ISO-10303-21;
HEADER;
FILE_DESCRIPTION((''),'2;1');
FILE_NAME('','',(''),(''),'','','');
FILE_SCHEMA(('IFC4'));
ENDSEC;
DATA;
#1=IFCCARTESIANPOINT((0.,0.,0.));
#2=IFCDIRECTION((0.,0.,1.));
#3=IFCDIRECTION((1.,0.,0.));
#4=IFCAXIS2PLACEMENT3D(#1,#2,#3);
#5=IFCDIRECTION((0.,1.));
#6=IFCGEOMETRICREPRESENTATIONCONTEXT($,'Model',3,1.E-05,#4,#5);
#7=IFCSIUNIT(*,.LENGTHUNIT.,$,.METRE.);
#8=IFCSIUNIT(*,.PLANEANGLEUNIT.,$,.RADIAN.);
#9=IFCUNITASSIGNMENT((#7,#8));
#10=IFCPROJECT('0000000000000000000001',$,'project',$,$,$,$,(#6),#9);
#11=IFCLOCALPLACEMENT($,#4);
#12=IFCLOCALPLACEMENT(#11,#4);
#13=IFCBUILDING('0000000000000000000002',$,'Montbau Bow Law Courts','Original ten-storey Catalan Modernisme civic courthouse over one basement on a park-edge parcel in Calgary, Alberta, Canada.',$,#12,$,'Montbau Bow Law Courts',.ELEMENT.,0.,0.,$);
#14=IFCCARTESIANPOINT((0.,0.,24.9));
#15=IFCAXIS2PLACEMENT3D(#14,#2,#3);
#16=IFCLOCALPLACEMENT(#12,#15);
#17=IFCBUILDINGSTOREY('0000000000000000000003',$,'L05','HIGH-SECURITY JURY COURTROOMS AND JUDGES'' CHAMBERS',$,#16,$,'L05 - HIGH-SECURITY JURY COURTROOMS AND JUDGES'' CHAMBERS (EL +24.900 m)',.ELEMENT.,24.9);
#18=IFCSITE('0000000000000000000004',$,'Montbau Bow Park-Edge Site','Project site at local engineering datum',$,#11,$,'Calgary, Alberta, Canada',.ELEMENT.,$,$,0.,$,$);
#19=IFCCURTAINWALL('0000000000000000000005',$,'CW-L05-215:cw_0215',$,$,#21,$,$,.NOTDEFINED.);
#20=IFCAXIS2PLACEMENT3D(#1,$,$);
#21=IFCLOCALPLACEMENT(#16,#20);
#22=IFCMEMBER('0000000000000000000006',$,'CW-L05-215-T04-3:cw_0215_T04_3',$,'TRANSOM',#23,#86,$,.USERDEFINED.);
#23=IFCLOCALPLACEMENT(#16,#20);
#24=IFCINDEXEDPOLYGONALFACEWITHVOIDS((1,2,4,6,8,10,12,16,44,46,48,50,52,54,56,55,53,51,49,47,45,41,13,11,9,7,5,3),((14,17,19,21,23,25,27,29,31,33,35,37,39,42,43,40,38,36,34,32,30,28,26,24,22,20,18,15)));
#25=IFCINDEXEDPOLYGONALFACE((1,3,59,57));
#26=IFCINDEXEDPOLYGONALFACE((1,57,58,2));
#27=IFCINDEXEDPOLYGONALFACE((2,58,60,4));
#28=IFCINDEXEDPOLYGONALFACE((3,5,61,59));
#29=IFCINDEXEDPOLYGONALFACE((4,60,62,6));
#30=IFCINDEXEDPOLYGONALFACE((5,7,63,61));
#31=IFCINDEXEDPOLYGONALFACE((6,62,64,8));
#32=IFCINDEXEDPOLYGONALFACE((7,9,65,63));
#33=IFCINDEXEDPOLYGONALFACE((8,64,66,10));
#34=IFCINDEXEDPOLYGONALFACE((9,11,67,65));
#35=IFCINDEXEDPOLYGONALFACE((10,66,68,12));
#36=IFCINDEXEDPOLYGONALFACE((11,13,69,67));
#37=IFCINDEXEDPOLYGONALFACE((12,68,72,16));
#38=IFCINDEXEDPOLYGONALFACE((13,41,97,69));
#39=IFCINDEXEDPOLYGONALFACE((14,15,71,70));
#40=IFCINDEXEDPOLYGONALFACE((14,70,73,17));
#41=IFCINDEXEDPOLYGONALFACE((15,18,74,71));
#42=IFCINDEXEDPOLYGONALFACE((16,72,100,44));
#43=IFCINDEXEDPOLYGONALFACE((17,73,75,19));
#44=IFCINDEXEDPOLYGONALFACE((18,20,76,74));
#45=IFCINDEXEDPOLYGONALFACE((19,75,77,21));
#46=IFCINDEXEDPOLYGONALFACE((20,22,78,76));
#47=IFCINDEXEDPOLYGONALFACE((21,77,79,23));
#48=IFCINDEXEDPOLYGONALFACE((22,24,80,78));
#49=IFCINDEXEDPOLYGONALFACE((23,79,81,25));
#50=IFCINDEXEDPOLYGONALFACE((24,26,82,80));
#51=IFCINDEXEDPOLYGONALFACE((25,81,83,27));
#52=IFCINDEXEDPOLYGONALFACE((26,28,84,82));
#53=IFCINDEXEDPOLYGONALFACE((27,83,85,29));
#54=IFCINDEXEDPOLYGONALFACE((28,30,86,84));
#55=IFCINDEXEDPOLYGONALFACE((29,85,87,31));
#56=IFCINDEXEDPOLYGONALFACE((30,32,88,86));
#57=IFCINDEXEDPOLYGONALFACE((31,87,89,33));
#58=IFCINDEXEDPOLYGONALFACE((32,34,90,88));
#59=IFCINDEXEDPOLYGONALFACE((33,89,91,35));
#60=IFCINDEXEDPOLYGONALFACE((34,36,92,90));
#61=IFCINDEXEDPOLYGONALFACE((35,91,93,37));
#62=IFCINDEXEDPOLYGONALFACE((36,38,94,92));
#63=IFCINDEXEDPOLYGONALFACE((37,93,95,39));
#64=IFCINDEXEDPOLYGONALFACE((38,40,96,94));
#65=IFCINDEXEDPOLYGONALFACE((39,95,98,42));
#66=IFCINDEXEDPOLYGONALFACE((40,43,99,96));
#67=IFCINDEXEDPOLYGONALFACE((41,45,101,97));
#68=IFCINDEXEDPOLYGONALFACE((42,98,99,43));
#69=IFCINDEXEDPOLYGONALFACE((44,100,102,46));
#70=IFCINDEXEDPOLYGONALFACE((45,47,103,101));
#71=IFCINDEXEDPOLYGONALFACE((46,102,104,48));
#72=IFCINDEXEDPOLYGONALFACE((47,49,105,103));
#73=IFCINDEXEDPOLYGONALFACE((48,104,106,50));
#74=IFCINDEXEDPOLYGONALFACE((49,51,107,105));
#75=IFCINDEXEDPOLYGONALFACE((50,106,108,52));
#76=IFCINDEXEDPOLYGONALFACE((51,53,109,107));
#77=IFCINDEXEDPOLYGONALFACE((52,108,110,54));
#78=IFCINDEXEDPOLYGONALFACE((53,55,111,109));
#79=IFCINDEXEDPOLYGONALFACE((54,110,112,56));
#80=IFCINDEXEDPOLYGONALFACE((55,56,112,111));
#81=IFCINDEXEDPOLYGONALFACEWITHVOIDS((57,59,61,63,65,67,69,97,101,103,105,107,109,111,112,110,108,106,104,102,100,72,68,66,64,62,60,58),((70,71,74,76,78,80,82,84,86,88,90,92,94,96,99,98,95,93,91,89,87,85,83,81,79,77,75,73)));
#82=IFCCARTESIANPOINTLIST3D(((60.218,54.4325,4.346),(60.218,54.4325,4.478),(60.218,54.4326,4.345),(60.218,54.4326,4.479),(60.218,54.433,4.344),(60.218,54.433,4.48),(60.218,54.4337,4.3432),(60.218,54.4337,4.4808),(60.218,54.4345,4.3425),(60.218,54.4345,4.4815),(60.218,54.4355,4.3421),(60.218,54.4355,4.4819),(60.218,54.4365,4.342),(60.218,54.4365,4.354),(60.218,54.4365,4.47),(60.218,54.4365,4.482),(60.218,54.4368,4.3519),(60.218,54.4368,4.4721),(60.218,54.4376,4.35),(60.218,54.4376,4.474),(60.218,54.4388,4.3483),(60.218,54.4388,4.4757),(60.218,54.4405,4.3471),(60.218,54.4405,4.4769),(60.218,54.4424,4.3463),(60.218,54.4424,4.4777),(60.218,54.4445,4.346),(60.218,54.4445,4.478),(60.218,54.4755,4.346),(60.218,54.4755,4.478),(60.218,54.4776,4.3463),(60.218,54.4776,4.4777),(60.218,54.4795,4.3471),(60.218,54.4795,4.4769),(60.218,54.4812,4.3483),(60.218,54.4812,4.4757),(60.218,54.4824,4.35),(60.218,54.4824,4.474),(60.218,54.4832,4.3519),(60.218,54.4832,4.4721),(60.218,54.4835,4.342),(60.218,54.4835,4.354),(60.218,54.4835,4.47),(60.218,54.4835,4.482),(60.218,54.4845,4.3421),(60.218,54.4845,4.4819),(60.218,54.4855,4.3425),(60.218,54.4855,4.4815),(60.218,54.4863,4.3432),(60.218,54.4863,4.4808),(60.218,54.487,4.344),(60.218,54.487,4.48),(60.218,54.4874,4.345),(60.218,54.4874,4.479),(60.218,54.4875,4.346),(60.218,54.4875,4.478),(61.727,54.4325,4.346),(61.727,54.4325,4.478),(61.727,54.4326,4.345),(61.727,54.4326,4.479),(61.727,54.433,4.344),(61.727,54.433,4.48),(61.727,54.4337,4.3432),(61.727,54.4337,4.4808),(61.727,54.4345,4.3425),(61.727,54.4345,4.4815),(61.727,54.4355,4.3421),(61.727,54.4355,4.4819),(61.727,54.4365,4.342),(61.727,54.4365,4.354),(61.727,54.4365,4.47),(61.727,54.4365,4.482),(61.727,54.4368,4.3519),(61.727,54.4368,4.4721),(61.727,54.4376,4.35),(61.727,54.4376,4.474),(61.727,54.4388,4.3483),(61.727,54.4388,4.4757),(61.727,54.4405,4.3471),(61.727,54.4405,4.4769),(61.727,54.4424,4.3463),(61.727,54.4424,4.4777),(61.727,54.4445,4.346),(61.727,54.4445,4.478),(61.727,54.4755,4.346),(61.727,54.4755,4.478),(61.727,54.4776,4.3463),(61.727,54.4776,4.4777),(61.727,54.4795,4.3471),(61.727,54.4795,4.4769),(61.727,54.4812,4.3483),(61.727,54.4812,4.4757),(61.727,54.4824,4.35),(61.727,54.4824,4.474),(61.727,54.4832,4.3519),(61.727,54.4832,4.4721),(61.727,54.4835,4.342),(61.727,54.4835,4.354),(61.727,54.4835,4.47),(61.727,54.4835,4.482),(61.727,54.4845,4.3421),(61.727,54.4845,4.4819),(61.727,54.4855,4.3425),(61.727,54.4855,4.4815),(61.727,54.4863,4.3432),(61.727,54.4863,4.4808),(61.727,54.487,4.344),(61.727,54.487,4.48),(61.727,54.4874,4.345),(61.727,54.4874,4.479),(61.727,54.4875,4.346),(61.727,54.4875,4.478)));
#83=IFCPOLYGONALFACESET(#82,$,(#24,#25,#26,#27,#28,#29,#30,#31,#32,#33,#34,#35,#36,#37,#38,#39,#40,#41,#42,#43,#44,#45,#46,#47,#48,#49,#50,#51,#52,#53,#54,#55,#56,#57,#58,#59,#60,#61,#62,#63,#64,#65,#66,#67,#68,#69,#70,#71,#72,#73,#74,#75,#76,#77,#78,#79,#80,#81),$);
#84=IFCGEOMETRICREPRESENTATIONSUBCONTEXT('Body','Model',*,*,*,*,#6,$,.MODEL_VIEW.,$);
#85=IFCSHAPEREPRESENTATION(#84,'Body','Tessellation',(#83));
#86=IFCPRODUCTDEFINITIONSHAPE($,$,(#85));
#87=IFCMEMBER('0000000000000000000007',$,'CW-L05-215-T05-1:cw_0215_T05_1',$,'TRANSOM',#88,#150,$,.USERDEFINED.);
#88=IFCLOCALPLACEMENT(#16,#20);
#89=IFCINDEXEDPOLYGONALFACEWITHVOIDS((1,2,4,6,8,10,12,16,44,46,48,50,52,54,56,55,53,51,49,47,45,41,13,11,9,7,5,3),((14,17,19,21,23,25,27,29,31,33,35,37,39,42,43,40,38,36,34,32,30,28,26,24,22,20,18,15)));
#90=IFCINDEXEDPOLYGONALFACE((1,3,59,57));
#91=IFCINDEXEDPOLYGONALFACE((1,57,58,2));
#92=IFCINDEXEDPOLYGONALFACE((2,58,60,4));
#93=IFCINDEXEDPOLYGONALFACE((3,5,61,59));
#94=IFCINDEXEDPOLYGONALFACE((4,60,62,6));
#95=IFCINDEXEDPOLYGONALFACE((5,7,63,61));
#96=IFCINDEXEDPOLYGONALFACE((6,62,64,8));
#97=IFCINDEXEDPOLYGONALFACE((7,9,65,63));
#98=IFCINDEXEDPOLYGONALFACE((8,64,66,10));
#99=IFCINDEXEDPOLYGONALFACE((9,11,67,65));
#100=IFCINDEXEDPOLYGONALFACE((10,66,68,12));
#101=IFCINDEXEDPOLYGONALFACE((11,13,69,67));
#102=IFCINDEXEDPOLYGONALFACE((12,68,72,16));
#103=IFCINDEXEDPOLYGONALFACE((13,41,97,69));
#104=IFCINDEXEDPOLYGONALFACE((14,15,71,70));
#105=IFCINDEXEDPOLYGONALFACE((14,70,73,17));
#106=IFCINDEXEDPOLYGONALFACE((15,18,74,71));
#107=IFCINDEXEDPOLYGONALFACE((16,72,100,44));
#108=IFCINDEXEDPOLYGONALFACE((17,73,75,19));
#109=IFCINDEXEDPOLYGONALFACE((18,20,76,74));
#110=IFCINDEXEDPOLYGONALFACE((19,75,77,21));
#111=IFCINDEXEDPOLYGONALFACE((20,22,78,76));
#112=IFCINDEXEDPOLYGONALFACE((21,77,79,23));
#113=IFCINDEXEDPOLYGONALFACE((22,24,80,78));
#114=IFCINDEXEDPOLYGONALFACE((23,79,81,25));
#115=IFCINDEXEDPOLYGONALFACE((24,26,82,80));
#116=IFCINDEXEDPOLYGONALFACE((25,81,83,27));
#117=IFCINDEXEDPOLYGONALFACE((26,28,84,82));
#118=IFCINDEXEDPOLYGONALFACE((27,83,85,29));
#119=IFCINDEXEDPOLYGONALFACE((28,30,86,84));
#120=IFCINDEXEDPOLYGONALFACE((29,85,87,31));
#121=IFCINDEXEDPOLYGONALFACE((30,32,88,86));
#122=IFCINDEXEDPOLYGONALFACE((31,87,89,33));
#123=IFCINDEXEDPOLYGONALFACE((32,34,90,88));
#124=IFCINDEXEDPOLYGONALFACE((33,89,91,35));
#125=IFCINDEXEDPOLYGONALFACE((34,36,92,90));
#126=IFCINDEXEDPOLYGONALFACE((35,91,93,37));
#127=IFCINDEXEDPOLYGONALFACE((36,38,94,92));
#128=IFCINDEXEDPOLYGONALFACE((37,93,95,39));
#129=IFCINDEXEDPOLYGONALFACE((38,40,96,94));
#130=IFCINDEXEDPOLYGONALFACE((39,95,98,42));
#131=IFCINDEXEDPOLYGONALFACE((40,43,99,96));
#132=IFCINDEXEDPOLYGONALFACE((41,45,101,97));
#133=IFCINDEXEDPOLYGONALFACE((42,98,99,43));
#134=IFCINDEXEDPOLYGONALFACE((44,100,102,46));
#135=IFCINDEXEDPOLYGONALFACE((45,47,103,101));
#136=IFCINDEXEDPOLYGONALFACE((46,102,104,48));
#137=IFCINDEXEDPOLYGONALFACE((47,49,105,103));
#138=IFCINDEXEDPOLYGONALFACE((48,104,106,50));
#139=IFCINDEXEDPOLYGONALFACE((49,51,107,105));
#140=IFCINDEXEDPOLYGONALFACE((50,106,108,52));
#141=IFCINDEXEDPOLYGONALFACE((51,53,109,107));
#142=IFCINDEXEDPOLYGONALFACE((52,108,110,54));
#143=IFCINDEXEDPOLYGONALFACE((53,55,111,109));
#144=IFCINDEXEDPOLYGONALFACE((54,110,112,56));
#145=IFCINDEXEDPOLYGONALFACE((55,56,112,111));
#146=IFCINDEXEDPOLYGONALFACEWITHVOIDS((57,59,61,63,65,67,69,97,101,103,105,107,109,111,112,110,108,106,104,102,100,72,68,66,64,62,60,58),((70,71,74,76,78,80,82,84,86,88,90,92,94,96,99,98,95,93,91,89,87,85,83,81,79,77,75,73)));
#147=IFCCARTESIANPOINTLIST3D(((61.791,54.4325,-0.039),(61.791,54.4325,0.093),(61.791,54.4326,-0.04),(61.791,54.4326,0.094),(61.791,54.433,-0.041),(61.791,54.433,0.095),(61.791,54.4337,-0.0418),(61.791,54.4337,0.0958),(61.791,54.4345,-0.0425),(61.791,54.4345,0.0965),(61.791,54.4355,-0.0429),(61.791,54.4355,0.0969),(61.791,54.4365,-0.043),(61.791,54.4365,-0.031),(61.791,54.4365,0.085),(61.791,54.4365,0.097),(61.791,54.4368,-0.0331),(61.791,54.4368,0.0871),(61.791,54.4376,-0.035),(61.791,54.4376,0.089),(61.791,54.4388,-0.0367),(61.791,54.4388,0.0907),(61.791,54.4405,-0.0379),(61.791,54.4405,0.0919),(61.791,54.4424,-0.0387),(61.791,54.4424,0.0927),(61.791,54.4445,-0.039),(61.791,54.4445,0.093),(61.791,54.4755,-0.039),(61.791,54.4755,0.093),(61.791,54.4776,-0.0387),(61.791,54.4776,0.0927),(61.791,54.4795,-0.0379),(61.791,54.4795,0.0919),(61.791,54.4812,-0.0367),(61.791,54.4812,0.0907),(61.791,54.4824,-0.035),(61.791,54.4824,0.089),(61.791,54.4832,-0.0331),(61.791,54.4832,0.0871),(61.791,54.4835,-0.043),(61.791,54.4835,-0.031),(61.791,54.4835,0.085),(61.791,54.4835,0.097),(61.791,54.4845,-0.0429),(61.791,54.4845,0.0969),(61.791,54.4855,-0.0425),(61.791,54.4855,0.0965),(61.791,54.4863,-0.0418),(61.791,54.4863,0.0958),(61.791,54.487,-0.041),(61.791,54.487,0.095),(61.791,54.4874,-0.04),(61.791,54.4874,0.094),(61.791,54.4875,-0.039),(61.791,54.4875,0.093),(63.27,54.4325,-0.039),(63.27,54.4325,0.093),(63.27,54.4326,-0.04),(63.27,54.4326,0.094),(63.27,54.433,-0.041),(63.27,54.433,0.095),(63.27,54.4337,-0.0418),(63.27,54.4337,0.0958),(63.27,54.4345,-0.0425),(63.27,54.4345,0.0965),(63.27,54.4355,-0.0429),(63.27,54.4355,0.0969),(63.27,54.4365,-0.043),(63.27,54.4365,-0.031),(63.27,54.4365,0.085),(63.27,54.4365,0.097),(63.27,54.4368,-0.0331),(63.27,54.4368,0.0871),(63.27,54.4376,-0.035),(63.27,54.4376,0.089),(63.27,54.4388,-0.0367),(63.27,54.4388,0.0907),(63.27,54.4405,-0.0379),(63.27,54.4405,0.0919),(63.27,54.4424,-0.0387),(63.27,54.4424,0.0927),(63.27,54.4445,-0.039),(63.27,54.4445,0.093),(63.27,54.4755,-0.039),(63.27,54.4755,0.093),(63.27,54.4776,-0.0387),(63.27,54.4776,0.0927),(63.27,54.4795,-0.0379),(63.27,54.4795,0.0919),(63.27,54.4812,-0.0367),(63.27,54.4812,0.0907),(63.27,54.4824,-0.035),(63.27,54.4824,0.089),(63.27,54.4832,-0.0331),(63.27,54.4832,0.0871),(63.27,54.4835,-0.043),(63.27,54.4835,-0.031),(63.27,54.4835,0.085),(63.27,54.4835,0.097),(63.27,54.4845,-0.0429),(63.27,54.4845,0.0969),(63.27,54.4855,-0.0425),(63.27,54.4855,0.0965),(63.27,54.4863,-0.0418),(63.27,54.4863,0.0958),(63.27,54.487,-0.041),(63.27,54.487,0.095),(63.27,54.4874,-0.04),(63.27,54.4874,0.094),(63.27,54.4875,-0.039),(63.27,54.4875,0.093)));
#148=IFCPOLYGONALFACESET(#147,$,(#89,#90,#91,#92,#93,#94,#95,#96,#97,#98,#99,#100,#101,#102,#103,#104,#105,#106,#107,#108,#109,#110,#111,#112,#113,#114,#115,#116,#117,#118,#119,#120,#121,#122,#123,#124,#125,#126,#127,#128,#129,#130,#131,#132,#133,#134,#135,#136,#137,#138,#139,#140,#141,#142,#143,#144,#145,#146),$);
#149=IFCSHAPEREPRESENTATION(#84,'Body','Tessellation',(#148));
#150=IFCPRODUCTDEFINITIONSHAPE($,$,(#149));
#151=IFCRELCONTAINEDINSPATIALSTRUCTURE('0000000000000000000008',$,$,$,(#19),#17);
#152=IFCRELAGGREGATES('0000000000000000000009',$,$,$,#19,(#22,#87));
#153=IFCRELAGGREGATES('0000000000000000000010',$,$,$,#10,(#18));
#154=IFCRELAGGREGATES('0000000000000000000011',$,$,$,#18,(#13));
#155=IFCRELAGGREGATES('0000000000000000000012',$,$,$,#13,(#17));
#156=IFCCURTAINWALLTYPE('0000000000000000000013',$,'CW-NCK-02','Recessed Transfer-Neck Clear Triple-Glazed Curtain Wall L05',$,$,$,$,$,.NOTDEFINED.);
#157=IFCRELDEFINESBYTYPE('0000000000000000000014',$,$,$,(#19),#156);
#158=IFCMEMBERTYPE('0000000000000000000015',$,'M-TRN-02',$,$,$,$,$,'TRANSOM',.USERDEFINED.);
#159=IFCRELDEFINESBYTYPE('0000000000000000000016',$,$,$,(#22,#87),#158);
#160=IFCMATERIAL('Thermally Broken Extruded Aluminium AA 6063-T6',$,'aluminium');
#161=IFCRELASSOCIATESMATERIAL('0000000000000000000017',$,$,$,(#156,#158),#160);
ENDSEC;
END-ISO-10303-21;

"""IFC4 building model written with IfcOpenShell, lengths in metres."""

from ifc_helpers import new_model, si_unit, direction, frame, origin_with_axes, origin_2d_with_axis, place, context, subcontext, project, spatial, hollow_rectangle, extrude, material, material_profile, profile_set, type_object, element, aggregate, save


model = new_model("IFC4")

# Units and contexts
model_context = context("Model", 3, precision=1e-05, world=origin_with_axes(), true_north=direction((0.0, 1.0)))
body_context = subcontext(model_context, "Body", "Model", "MODEL_VIEW")
ifc_project = project(units=[si_unit("LENGTHUNIT", "METRE"), si_unit("PLANEANGLEUNIT", "RADIAN")], contexts=[model_context])

# Site, building, storey
site_placement = place(None, origin_with_axes())
site = spatial("IfcSite", under=ifc_project, at=site_placement, Name="Montbau Bow Park-Edge Site", Description="Project site at local engineering datum", LongName="Calgary, Alberta, Canada", CompositionType="ELEMENT", RefElevation=0.0)
building_placement = place(site_placement, origin_with_axes())
building = spatial("IfcBuilding", under=site, at=building_placement, Name="Montbau Bow Law Courts", Description="Original ten-storey Catalan Modernisme civic courthouse over one basement on a park-edge parcel in Calgary, Alberta, Canada.", LongName="Montbau Bow Law Courts", CompositionType="ELEMENT", ElevationOfRefHeight=0.0, ElevationOfTerrain=0.0)
storey_placement = place(building_placement, frame((0.0, 0.0, 24.9), z_axis=(0.0, 0.0, 1.0), x_axis=(1.0, 0.0, 0.0)))
storey = spatial("IfcBuildingStorey", under=building, at=storey_placement, Name="L05", Description="HIGH-SECURITY JURY COURTROOMS AND JUDGES' CHAMBERS", LongName="L05 - HIGH-SECURITY JURY COURTROOMS AND JUDGES' CHAMBERS (EL +24.900 m)", CompositionType="ELEMENT", Elevation=24.9)

# Curtain wall, members
ifc_material_1 = material(Name="Thermally Broken Extruded Aluminium AA 6063-T6", Category="aluminium")
curtain_wall_type = type_object("IfcCurtainWallType", Name="CW-NCK-02", Description="Recessed Transfer-Neck Clear Triple-Glazed Curtain Wall L05", PredefinedType="NOTDEFINED", material=ifc_material_1)
curtain_wall_placement = place(None, frame((55.468, 54.46, 24.9), z_axis=(0.0, 0.0, 1.0), x_axis=(1.0, 0.0, 0.0)))
curtain_wall = element("IfcCurtainWall", 1, at=curtain_wall_placement, inside=storey, type_object=curtain_wall_type, Name="CW-L05-215:cw_0215", PredefinedType="NOTDEFINED")
ifc_material_profile_1 = material_profile(ifc_material_1, hollow_rectangle(XDim=0.055, YDim=0.14, WallThickness=0.004, InnerFilletRadius=0.008, OuterFilletRadius=0.004, at=origin_2d_with_axis()), Name="CWT-140X55", Category="Main", Priority=0)
ifc_profile_set_1 = profile_set([ifc_material_profile_1], Name="Thermally Broken Extruded Aluminium AA 6063-T6")
member_type_1 = type_object("IfcMemberType", Name="M-TRN-02", ElementType="TRANSOM", PredefinedType="USERDEFINED", material=ifc_profile_set_1)
member_1_placement = place(None, frame((60.218, 54.46, 29.312), z_axis=(1.0, 0.0, 0.0), x_axis=(0.0, 1.0, 0.0)))
member_1 = element("IfcMember", 2, at=member_1_placement, type_object=member_type_1, Name="CW-L05-215-T04-3:cw_0215_T04_3", ObjectType="TRANSOM", PredefinedType="USERDEFINED", context=body_context, shape_type="SweptSolid", body=[
    extrude(hollow_rectangle(XDim=0.055, YDim=0.14, WallThickness=0.004, InnerFilletRadius=0.008, OuterFilletRadius=0.004, at=origin_2d_with_axis()), origin_with_axes(), (0.0, 0.0, 1.0), 1.509),
])
member_2_placement = place(None, frame((61.791, 54.46, 24.927), z_axis=(1.0, 0.0, 0.0), x_axis=(0.0, 1.0, 0.0)))
member_2 = element("IfcMember", 3, at=member_2_placement, type_object=member_type_1, Name="CW-L05-215-T05-1:cw_0215_T05_1", ObjectType="TRANSOM", PredefinedType="USERDEFINED", context=body_context, shape_type="SweptSolid", body=[
    extrude(hollow_rectangle(XDim=0.055, YDim=0.14, WallThickness=0.004, InnerFilletRadius=0.008, OuterFilletRadius=0.004, at=origin_2d_with_axis()), origin_with_axes(), (0.0, 0.0, 1.0), 1.479),
])
aggregate(curtain_wall, [member_1, member_2])

save(model, "model.ifc")
